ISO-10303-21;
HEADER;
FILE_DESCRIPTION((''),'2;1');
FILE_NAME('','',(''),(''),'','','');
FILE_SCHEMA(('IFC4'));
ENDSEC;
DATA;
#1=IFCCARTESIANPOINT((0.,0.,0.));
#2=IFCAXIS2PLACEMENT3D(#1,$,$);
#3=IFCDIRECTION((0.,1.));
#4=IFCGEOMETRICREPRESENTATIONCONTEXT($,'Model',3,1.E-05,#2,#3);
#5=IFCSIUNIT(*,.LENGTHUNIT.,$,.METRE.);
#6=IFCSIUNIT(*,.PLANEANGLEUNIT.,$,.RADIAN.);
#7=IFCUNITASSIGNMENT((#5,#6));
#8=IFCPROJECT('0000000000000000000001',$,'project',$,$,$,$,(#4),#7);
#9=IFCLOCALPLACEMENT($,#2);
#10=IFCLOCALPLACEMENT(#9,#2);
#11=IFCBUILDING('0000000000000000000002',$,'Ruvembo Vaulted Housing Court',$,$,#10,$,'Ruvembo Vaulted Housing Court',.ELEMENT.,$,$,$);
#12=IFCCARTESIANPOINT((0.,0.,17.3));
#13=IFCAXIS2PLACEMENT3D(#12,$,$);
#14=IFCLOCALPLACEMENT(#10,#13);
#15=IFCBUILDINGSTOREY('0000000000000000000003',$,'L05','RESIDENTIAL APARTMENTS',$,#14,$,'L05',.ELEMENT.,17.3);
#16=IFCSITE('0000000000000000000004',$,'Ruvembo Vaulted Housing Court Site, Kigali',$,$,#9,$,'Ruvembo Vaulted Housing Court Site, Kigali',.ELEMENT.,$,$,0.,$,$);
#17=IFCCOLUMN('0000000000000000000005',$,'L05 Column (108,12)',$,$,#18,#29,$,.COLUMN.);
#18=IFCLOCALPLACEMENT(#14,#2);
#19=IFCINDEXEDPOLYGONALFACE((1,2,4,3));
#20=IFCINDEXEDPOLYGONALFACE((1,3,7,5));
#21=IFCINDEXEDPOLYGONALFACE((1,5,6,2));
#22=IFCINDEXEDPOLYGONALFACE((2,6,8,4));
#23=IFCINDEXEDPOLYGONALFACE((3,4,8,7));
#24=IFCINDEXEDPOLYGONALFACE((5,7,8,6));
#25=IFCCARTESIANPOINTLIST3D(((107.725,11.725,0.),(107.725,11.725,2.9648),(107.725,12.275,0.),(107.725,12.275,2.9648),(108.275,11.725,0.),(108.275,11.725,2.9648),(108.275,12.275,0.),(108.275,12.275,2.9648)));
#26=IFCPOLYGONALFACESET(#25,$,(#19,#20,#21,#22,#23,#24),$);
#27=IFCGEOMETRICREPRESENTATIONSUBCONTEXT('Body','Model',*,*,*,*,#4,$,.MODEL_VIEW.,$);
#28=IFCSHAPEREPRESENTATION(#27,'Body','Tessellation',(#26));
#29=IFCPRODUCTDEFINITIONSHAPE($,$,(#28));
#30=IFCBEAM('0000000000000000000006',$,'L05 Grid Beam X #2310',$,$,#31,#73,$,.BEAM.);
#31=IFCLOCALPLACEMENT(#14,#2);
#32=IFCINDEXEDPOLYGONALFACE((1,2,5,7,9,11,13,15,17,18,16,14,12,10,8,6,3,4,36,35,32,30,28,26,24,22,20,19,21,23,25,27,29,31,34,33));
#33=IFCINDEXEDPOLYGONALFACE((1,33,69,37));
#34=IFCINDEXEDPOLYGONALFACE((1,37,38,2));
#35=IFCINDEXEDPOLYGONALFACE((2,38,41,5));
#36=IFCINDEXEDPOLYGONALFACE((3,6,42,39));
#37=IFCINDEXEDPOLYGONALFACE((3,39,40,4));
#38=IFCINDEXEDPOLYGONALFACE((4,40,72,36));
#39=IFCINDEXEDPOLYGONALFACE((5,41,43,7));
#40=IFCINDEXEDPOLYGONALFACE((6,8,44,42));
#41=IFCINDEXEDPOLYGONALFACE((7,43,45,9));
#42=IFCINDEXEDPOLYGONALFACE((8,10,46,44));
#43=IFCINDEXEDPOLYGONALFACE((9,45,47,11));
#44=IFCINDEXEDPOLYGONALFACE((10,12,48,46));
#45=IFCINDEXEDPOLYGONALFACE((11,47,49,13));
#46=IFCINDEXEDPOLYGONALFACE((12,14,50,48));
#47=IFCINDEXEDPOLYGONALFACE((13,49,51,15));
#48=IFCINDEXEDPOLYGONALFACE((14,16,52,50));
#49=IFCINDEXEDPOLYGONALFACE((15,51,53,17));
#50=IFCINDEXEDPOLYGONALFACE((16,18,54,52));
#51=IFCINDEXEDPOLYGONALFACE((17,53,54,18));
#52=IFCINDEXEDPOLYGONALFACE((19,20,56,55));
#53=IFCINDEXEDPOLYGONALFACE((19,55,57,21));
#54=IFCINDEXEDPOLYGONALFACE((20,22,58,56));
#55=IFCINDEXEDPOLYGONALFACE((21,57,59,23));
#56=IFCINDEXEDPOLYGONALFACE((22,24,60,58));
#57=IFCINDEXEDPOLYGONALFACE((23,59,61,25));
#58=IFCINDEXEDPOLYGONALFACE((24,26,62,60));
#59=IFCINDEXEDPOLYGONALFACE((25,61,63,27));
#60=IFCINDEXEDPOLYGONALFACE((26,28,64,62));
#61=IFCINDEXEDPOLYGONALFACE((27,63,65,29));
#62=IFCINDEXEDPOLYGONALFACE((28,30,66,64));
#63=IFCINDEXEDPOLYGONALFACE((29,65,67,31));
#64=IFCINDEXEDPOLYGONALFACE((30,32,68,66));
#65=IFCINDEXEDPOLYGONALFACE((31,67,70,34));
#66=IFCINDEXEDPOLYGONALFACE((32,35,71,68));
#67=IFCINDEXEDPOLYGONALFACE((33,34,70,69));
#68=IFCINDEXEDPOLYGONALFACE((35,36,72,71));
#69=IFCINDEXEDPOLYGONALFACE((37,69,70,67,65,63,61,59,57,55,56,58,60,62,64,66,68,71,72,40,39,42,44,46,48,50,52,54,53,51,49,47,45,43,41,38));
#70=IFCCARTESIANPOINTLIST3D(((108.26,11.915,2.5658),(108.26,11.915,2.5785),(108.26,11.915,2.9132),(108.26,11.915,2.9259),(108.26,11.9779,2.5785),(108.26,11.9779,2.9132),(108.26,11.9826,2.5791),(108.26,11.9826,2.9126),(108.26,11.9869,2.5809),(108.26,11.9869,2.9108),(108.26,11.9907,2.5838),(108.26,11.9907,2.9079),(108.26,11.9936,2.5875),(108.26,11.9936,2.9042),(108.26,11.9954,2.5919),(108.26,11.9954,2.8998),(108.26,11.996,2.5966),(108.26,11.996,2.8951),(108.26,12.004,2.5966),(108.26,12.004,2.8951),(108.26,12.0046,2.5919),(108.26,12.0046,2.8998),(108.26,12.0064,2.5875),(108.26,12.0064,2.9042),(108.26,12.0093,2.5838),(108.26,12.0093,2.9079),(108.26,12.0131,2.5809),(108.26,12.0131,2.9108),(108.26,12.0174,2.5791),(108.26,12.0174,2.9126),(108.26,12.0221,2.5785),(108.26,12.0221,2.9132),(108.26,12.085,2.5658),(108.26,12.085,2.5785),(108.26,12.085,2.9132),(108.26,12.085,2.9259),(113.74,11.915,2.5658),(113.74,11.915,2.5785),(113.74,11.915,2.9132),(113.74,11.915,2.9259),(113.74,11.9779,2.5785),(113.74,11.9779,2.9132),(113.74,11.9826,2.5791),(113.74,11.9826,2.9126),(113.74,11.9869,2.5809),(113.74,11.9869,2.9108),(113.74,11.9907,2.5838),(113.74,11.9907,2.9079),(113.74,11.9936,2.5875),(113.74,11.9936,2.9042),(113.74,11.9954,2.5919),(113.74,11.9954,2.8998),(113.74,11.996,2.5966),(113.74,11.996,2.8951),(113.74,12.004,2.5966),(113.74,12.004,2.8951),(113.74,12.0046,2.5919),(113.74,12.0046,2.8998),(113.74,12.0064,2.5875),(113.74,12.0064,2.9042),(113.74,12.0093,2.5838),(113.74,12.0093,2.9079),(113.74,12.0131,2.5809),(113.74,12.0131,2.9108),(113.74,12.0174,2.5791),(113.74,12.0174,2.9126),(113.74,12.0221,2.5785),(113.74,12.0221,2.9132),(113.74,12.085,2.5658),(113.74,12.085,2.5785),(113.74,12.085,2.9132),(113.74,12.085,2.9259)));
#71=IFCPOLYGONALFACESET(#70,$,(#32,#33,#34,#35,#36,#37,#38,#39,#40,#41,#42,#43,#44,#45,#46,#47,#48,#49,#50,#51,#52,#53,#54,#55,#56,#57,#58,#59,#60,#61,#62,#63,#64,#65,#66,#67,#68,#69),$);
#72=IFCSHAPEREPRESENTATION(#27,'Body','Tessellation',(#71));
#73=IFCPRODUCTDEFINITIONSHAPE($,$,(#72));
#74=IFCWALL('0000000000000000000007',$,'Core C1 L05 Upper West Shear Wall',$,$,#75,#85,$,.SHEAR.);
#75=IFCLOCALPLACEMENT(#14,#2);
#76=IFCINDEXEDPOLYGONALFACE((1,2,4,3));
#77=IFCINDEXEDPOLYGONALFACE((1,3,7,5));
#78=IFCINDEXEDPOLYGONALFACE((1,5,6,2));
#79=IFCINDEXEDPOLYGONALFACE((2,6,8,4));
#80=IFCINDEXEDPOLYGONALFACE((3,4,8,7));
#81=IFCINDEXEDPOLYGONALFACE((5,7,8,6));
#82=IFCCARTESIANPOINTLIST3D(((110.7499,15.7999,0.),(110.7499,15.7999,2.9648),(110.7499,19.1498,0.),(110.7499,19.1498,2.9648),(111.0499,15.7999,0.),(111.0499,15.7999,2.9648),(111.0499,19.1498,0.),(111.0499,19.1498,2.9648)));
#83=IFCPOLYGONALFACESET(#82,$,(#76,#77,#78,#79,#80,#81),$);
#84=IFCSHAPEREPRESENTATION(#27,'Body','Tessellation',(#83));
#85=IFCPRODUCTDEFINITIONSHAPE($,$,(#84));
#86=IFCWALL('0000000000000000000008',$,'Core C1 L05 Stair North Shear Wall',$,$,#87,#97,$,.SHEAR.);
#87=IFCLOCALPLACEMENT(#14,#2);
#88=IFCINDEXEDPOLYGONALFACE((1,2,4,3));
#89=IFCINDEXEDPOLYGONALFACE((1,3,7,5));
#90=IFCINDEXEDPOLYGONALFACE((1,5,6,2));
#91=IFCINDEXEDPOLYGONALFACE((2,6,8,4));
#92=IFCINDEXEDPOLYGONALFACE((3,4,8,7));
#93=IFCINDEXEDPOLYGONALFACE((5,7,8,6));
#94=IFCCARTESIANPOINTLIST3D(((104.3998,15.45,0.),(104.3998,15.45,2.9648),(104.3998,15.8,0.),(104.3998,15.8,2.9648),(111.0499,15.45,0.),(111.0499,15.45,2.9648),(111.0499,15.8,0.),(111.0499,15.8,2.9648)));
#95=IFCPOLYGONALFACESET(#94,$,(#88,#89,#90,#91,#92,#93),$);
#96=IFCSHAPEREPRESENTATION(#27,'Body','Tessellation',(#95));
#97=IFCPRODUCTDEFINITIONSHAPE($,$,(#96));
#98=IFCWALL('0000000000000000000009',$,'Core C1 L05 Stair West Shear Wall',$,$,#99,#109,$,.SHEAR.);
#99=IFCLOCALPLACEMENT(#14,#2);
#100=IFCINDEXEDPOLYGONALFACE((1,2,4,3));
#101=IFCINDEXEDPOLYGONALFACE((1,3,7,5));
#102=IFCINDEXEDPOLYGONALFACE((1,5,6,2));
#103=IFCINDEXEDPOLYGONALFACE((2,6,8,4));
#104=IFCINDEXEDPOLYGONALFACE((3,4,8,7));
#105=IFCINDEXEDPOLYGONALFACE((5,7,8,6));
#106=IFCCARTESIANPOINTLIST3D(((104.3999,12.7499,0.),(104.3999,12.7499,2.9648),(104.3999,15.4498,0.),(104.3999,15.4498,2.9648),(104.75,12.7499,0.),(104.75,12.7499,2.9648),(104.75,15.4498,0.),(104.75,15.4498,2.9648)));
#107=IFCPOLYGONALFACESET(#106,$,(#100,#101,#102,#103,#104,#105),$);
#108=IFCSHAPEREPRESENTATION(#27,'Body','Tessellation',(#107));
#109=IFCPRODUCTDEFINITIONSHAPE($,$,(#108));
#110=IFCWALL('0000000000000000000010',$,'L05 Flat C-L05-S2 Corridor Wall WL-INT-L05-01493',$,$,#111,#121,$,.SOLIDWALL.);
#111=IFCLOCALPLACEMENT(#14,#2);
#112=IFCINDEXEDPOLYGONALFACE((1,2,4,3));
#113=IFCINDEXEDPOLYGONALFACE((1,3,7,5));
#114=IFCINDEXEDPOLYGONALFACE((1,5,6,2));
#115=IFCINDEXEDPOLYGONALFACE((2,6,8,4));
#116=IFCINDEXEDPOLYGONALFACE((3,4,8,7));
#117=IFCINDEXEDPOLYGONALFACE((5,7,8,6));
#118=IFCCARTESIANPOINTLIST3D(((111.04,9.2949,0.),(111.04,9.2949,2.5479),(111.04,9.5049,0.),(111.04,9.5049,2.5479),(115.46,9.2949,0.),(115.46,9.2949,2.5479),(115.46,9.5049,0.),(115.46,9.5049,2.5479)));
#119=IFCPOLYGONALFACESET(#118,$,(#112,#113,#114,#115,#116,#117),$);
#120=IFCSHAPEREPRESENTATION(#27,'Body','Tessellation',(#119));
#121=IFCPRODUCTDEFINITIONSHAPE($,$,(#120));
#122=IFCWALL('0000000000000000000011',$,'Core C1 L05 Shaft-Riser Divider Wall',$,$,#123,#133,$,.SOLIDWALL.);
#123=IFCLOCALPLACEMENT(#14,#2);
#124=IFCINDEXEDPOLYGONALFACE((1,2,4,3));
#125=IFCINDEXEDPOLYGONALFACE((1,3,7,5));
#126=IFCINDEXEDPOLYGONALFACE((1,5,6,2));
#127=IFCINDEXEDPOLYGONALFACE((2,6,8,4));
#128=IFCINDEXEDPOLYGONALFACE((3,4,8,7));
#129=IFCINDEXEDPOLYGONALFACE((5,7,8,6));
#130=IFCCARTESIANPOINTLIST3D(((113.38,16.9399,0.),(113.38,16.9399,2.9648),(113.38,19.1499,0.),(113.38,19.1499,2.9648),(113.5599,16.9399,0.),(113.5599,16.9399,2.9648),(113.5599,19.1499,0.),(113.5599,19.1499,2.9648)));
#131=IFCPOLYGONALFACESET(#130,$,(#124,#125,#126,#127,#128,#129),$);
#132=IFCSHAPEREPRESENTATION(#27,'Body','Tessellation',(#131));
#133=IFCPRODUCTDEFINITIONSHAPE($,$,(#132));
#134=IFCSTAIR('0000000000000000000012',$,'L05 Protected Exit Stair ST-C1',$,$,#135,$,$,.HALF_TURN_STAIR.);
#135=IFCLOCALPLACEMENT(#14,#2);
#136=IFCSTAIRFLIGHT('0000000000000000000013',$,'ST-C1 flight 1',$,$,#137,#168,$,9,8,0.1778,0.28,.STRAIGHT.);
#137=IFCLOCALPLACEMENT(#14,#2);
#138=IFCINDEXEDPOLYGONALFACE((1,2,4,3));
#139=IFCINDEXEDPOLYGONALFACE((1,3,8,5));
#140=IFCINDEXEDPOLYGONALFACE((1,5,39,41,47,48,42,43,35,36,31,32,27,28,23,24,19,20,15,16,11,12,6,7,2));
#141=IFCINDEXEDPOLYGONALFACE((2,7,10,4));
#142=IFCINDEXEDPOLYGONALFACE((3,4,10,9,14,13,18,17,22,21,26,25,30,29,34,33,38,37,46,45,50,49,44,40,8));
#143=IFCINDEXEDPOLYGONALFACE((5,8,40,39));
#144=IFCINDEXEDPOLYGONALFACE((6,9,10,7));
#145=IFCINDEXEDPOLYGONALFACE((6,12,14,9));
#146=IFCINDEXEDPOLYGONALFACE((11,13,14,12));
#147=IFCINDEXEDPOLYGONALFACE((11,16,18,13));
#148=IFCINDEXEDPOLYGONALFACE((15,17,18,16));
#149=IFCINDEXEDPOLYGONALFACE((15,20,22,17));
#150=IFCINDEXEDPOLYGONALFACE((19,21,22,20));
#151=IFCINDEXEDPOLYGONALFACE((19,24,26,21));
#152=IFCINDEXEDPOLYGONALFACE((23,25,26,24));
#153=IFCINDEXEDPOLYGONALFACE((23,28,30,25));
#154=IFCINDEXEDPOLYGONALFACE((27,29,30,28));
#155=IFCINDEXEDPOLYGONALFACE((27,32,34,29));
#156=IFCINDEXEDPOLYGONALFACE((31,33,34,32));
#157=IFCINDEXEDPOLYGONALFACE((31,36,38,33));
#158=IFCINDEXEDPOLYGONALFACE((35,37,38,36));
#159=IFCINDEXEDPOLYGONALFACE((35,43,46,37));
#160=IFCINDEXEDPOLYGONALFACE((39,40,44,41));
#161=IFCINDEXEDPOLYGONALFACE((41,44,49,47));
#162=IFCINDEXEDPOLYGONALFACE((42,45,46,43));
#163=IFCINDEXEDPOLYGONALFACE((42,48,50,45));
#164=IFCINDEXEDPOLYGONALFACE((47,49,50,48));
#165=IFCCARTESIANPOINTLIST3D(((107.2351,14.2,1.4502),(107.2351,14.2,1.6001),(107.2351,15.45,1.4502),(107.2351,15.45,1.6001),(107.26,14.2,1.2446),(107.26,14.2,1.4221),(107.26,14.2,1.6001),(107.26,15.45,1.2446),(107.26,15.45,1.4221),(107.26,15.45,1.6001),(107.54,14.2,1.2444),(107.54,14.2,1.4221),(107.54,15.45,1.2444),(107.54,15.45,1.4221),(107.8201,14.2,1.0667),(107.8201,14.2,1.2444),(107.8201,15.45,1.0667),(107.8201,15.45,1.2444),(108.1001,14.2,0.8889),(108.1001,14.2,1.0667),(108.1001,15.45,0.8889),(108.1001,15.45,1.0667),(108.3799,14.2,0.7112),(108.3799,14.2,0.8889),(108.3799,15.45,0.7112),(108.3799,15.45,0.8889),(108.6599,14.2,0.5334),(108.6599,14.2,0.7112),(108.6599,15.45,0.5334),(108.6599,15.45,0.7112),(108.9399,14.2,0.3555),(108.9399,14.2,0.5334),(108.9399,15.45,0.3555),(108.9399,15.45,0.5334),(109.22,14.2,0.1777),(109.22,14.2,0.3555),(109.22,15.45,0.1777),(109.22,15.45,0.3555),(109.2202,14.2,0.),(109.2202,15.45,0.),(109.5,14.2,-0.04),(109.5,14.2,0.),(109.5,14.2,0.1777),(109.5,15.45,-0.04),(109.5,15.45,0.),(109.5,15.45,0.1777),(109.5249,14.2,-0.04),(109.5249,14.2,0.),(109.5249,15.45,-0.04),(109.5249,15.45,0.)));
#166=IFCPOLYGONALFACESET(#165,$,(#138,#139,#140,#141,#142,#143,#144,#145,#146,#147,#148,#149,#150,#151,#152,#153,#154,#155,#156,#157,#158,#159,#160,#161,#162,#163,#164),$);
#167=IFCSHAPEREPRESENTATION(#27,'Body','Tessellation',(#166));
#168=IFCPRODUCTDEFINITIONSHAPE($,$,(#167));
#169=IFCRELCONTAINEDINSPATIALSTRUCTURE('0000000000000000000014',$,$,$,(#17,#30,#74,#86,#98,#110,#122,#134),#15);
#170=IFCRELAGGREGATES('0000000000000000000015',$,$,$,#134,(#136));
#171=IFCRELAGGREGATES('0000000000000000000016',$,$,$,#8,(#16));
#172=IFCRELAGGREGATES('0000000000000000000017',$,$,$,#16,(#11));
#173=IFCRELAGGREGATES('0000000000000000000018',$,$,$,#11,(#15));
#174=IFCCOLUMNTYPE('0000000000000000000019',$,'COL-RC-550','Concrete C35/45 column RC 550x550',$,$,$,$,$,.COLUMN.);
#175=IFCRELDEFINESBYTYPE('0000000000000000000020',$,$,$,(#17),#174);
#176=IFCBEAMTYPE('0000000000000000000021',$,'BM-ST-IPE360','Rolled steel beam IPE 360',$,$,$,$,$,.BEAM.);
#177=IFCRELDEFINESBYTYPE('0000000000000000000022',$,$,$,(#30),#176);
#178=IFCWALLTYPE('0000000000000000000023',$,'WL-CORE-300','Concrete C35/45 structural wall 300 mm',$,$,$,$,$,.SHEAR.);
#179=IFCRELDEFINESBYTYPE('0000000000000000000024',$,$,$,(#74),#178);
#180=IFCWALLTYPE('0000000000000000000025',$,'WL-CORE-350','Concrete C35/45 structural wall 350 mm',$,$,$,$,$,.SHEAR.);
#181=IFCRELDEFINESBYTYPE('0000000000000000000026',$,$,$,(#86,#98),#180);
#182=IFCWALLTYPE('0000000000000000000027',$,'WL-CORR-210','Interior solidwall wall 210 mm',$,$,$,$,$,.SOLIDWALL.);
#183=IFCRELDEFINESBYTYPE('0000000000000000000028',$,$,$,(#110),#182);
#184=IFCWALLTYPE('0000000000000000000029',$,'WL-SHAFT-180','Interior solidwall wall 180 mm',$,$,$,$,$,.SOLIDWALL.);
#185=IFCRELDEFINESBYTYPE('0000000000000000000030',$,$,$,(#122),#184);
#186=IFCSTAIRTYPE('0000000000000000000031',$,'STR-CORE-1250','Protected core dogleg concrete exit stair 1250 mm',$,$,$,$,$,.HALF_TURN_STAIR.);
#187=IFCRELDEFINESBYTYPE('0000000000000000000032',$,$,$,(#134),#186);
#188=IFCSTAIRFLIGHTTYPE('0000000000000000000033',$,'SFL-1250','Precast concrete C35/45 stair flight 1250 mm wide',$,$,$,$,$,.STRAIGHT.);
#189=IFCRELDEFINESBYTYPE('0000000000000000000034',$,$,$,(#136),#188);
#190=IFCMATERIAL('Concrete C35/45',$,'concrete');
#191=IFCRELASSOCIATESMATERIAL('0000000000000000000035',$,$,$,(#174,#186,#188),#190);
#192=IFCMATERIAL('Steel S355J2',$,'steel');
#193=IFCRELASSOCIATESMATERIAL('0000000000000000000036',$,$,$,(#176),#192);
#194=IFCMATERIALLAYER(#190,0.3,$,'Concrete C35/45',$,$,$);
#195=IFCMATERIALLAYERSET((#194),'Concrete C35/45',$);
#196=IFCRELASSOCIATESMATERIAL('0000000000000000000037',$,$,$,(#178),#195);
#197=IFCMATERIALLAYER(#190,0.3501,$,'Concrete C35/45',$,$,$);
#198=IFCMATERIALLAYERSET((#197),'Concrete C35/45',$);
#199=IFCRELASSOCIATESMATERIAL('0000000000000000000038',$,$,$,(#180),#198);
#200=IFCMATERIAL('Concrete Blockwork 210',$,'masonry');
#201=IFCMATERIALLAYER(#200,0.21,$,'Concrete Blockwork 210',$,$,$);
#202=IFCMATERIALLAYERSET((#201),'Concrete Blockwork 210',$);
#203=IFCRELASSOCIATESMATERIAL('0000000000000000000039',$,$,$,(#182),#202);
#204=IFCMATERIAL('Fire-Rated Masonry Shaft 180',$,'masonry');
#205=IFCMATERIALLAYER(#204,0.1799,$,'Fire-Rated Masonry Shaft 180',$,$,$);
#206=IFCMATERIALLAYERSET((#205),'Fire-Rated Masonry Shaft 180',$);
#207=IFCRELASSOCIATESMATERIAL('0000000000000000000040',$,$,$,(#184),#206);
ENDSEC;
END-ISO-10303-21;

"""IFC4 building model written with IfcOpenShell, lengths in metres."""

from ifc_helpers import new_model, si_unit, direction, frame, frame_2d, origin, origin_2d, place, context, subcontext, project, spatial, polyline, rectangle, i_section, outline, extrude, material, layer, layer_set, material_profile, profile_set, type_object, element, aggregate, save


model = new_model("IFC4")

# Units and contexts
model_context = context("Model", 3, precision=1e-05, world=origin(), true_north=direction((0.0, 1.0)))
body_context = subcontext(model_context, "Body", "Model", "MODEL_VIEW")
ifc_project = project(units=[si_unit("LENGTHUNIT", "METRE"), si_unit("PLANEANGLEUNIT", "RADIAN")], contexts=[model_context])

# Site, building, storey
site_placement = place(None, origin())
site = spatial("IfcSite", under=ifc_project, at=site_placement, Name="Ruvembo Vaulted Housing Court Site, Kigali", LongName="Ruvembo Vaulted Housing Court Site, Kigali", CompositionType="ELEMENT", RefElevation=0.0)
building_placement = place(site_placement, origin())
building = spatial("IfcBuilding", under=site, at=building_placement, Name="Ruvembo Vaulted Housing Court", LongName="Ruvembo Vaulted Housing Court", CompositionType="ELEMENT")
storey_placement = place(building_placement, frame((0.0, 0.0, 17.3)))
storey = spatial("IfcBuildingStorey", under=building, at=storey_placement, Name="L05", Description="RESIDENTIAL APARTMENTS", LongName="L05", CompositionType="ELEMENT", Elevation=17.3)

# Column
ifc_material_1 = material(Name="Concrete C35/45", Category="concrete")
ifc_material_profile_1 = material_profile(ifc_material_1, rectangle(XDim=0.55, YDim=0.55, at=origin_2d()), Name="RC 550x550")
ifc_profile_set_1 = profile_set([ifc_material_profile_1], Name="Concrete C35/45")
column_type = type_object("IfcColumnType", Name="COL-RC-550", Description="Concrete C35/45 column RC 550x550", PredefinedType="COLUMN", material=ifc_profile_set_1)
column_placement = place(storey_placement, frame((108.0, 12.0, 0.0), z_axis=(0.0, 0.0, 1.0), x_axis=(1.0, 0.0, 0.0)))
element("IfcColumn", 1, at=column_placement, inside=storey, type_object=column_type, Name="L05 Column (108,12)", PredefinedType="COLUMN", context=body_context, shape_type="SweptSolid", body=[
    extrude(rectangle(XDim=0.55, YDim=0.55, at=origin_2d()), origin(), (0.0, 0.0, 1.0), 2.9648),
])

# Beam
ifc_material_2 = material(Name="Steel S355J2", Category="steel")
ifc_material_profile_2 = material_profile(ifc_material_2, i_section(OverallWidth=0.1699, OverallDepth=0.3601, WebThickness=0.0081, FlangeThickness=0.0127, FilletRadius=0.0181, at=origin_2d()), Name="IPE 360")
ifc_profile_set_2 = profile_set([ifc_material_profile_2], Name="Steel S355J2")
beam_type = type_object("IfcBeamType", Name="BM-ST-IPE360", Description="Rolled steel beam IPE 360", PredefinedType="BEAM", material=ifc_profile_set_2)
beam_placement = place(storey_placement, frame((108.26, 12.0, 2.7458), z_axis=(1.0, 0.0, 0.0), x_axis=(0.0, 1.0, 0.0)))
element("IfcBeam", 2, at=beam_placement, inside=storey, type_object=beam_type, Name="L05 Grid Beam X #2310", PredefinedType="BEAM", context=body_context, shape_type="SweptSolid", body=[
    extrude(i_section(OverallWidth=0.1699, OverallDepth=0.3601, WebThickness=0.0081, FlangeThickness=0.0127, FilletRadius=0.0181, at=origin_2d()), origin(), (0.0, 0.0, 1.0), 5.48),
])

# Shared definitions
ifc_layer_1 = layer(ifc_material_1, 0.3, Name="Concrete C35/45")
ifc_layer_set_1 = layer_set([ifc_layer_1], Name="Concrete C35/45")
wall_type_1 = type_object("IfcWallType", Name="WL-CORE-300", Description="Concrete C35/45 structural wall 300 mm", PredefinedType="SHEAR", material=ifc_layer_set_1)

# Wall
wall_1_placement = place(storey_placement, frame((110.8999, 15.8, 0.0), z_axis=(0.0, 0.0, 1.0), x_axis=(0.0, 1.0, 0.0)))
element("IfcWall", 3, at=wall_1_placement, inside=storey, type_object=wall_type_1, Name="Core C1 L05 Upper West Shear Wall", PredefinedType="SHEAR", context=body_context, shape_type="SweptSolid", body=[
    extrude(rectangle(XDim=3.3499, YDim=0.3, at=frame_2d((1.6748, 0.0))), origin(), (0.0, 0.0, 1.0), 2.9648),
])

# Shared definitions
ifc_layer_2 = layer(ifc_material_1, 0.3501, Name="Concrete C35/45")
ifc_layer_set_2 = layer_set([ifc_layer_2], Name="Concrete C35/45")
wall_type_2 = type_object("IfcWallType", Name="WL-CORE-350", Description="Concrete C35/45 structural wall 350 mm", PredefinedType="SHEAR", material=ifc_layer_set_2)

# Walls
wall_2_placement = place(storey_placement, frame((111.05, 15.625, 0.0), z_axis=(0.0, 0.0, 1.0), x_axis=(-1.0, 0.0, 0.0)))
element("IfcWall", 4, at=wall_2_placement, inside=storey, type_object=wall_type_2, Name="Core C1 L05 Stair North Shear Wall", PredefinedType="SHEAR", context=body_context, shape_type="SweptSolid", body=[
    extrude(rectangle(XDim=6.6501, YDim=0.3501, at=frame_2d((3.3252, 0.0))), origin(), (0.0, 0.0, 1.0), 2.9648),
])
wall_3_placement = place(storey_placement, frame((104.575, 15.45, 0.0), z_axis=(0.0, 0.0, 1.0), x_axis=(0.0, -1.0, 0.0)))
element("IfcWall", 5, at=wall_3_placement, inside=storey, type_object=wall_type_2, Name="Core C1 L05 Stair West Shear Wall", PredefinedType="SHEAR", context=body_context, shape_type="SweptSolid", body=[
    extrude(rectangle(XDim=2.7, YDim=0.3501, at=frame_2d((1.3501, 0.0))), origin(), (0.0, 0.0, 1.0), 2.9648),
])
ifc_material_3 = material(Name="Concrete Blockwork 210", Category="masonry")
ifc_layer_3 = layer(ifc_material_3, 0.21, Name="Concrete Blockwork 210")
ifc_layer_set_3 = layer_set([ifc_layer_3], Name="Concrete Blockwork 210")
wall_type_3 = type_object("IfcWallType", Name="WL-CORR-210", Description="Interior solidwall wall 210 mm", PredefinedType="SOLIDWALL", material=ifc_layer_set_3)
wall_4_placement = place(storey_placement, frame((111.04, 9.3999, 0.0), z_axis=(0.0, 0.0, 1.0), x_axis=(1.0, 0.0, 0.0)))
element("IfcWall", 6, at=wall_4_placement, inside=storey, type_object=wall_type_3, Name="L05 Flat C-L05-S2 Corridor Wall WL-INT-L05-01493", PredefinedType="SOLIDWALL", context=body_context, shape_type="SweptSolid", body=[
    extrude(rectangle(XDim=4.4199, YDim=0.21, at=frame_2d((2.21, 0.0))), origin(), (0.0, 0.0, 1.0), 2.5479),
])

# Shared definitions
ifc_material_4 = material(Name="Fire-Rated Masonry Shaft 180", Category="masonry")
ifc_layer_4 = layer(ifc_material_4, 0.1799, Name="Fire-Rated Masonry Shaft 180")
ifc_layer_set_4 = layer_set([ifc_layer_4], Name="Fire-Rated Masonry Shaft 180")
wall_type_4 = type_object("IfcWallType", Name="WL-SHAFT-180", Description="Interior solidwall wall 180 mm", PredefinedType="SOLIDWALL", material=ifc_layer_set_4)

# Wall
wall_5_placement = place(storey_placement, frame((113.47, 16.9399, 0.0), z_axis=(0.0, 0.0, 1.0), x_axis=(0.0, 1.0, 0.0)))
element("IfcWall", 7, at=wall_5_placement, inside=storey, type_object=wall_type_4, Name="Core C1 L05 Shaft-Riser Divider Wall", PredefinedType="SOLIDWALL", context=body_context, shape_type="SweptSolid", body=[
    extrude(rectangle(XDim=2.21, YDim=0.1799, at=frame_2d((1.105, 0.0))), origin(), (0.0, 0.0, 1.0), 2.9648),
])

# Stair, stair flight
stair_type = type_object("IfcStairType", Name="STR-CORE-1250", Description="Protected core dogleg concrete exit stair 1250 mm", PredefinedType="HALF_TURN_STAIR", material=ifc_material_1)
stair_placement = place(storey_placement, origin())
stair = element("IfcStair", 8, at=stair_placement, inside=storey, type_object=stair_type, Name="L05 Protected Exit Stair ST-C1", PredefinedType="HALF_TURN_STAIR")
stair_flight_type = type_object("IfcStairFlightType", Name="SFL-1250", Description="Precast concrete C35/45 stair flight 1250 mm wide", PredefinedType="STRAIGHT", material=ifc_material_1)
stair_flight_1_placement = place(storey_placement, frame((109.5, 14.825, 0.0), z_axis=(0.0, 0.0, 1.0), x_axis=(-1.0, 0.0, 0.0)))
stair_flight_1 = element("IfcStairFlight", 9, at=stair_flight_1_placement, type_object=stair_flight_type, Name="ST-C1 flight 1", NumberOfRisers=9, NumberOfTreads=8, PredefinedType="STRAIGHT", RiserHeight=0.1778, TreadLength=0.28, context=body_context, shape_type="SweptSolid", body=[
    extrude(outline(polyline([(-0.0249, -0.04), (-0.0249, 0.0), (0.0, 0.0), (0.0, 0.1777), (0.28, 0.1777), (0.28, 0.3555), (0.5601, 0.3555), (0.5601, 0.5334), (0.8401, 0.5334), (0.8401, 0.7112), (1.1201, 0.7112), (1.1201, 0.8889), (1.3999, 0.8889), (1.3999, 1.0667), (1.6799, 1.0667), (1.6799, 1.2444), (1.96, 1.2444), (1.96, 1.4221), (2.24, 1.4221), (2.24, 1.6001), (2.2649, 1.6001), (2.2649, 1.4502), (2.24, 1.2446), (0.2798, 0.0), (0.0, -0.04), (-0.0249, -0.04)])), frame((0.0, 0.625, 0.0), z_axis=(0.0, -1.0, 0.0), x_axis=(1.0, 0.0, 0.0)), (0.0, 0.0, 1.0), 1.25),
])
aggregate(stair, [stair_flight_1])

save(model, "model.ifc")
